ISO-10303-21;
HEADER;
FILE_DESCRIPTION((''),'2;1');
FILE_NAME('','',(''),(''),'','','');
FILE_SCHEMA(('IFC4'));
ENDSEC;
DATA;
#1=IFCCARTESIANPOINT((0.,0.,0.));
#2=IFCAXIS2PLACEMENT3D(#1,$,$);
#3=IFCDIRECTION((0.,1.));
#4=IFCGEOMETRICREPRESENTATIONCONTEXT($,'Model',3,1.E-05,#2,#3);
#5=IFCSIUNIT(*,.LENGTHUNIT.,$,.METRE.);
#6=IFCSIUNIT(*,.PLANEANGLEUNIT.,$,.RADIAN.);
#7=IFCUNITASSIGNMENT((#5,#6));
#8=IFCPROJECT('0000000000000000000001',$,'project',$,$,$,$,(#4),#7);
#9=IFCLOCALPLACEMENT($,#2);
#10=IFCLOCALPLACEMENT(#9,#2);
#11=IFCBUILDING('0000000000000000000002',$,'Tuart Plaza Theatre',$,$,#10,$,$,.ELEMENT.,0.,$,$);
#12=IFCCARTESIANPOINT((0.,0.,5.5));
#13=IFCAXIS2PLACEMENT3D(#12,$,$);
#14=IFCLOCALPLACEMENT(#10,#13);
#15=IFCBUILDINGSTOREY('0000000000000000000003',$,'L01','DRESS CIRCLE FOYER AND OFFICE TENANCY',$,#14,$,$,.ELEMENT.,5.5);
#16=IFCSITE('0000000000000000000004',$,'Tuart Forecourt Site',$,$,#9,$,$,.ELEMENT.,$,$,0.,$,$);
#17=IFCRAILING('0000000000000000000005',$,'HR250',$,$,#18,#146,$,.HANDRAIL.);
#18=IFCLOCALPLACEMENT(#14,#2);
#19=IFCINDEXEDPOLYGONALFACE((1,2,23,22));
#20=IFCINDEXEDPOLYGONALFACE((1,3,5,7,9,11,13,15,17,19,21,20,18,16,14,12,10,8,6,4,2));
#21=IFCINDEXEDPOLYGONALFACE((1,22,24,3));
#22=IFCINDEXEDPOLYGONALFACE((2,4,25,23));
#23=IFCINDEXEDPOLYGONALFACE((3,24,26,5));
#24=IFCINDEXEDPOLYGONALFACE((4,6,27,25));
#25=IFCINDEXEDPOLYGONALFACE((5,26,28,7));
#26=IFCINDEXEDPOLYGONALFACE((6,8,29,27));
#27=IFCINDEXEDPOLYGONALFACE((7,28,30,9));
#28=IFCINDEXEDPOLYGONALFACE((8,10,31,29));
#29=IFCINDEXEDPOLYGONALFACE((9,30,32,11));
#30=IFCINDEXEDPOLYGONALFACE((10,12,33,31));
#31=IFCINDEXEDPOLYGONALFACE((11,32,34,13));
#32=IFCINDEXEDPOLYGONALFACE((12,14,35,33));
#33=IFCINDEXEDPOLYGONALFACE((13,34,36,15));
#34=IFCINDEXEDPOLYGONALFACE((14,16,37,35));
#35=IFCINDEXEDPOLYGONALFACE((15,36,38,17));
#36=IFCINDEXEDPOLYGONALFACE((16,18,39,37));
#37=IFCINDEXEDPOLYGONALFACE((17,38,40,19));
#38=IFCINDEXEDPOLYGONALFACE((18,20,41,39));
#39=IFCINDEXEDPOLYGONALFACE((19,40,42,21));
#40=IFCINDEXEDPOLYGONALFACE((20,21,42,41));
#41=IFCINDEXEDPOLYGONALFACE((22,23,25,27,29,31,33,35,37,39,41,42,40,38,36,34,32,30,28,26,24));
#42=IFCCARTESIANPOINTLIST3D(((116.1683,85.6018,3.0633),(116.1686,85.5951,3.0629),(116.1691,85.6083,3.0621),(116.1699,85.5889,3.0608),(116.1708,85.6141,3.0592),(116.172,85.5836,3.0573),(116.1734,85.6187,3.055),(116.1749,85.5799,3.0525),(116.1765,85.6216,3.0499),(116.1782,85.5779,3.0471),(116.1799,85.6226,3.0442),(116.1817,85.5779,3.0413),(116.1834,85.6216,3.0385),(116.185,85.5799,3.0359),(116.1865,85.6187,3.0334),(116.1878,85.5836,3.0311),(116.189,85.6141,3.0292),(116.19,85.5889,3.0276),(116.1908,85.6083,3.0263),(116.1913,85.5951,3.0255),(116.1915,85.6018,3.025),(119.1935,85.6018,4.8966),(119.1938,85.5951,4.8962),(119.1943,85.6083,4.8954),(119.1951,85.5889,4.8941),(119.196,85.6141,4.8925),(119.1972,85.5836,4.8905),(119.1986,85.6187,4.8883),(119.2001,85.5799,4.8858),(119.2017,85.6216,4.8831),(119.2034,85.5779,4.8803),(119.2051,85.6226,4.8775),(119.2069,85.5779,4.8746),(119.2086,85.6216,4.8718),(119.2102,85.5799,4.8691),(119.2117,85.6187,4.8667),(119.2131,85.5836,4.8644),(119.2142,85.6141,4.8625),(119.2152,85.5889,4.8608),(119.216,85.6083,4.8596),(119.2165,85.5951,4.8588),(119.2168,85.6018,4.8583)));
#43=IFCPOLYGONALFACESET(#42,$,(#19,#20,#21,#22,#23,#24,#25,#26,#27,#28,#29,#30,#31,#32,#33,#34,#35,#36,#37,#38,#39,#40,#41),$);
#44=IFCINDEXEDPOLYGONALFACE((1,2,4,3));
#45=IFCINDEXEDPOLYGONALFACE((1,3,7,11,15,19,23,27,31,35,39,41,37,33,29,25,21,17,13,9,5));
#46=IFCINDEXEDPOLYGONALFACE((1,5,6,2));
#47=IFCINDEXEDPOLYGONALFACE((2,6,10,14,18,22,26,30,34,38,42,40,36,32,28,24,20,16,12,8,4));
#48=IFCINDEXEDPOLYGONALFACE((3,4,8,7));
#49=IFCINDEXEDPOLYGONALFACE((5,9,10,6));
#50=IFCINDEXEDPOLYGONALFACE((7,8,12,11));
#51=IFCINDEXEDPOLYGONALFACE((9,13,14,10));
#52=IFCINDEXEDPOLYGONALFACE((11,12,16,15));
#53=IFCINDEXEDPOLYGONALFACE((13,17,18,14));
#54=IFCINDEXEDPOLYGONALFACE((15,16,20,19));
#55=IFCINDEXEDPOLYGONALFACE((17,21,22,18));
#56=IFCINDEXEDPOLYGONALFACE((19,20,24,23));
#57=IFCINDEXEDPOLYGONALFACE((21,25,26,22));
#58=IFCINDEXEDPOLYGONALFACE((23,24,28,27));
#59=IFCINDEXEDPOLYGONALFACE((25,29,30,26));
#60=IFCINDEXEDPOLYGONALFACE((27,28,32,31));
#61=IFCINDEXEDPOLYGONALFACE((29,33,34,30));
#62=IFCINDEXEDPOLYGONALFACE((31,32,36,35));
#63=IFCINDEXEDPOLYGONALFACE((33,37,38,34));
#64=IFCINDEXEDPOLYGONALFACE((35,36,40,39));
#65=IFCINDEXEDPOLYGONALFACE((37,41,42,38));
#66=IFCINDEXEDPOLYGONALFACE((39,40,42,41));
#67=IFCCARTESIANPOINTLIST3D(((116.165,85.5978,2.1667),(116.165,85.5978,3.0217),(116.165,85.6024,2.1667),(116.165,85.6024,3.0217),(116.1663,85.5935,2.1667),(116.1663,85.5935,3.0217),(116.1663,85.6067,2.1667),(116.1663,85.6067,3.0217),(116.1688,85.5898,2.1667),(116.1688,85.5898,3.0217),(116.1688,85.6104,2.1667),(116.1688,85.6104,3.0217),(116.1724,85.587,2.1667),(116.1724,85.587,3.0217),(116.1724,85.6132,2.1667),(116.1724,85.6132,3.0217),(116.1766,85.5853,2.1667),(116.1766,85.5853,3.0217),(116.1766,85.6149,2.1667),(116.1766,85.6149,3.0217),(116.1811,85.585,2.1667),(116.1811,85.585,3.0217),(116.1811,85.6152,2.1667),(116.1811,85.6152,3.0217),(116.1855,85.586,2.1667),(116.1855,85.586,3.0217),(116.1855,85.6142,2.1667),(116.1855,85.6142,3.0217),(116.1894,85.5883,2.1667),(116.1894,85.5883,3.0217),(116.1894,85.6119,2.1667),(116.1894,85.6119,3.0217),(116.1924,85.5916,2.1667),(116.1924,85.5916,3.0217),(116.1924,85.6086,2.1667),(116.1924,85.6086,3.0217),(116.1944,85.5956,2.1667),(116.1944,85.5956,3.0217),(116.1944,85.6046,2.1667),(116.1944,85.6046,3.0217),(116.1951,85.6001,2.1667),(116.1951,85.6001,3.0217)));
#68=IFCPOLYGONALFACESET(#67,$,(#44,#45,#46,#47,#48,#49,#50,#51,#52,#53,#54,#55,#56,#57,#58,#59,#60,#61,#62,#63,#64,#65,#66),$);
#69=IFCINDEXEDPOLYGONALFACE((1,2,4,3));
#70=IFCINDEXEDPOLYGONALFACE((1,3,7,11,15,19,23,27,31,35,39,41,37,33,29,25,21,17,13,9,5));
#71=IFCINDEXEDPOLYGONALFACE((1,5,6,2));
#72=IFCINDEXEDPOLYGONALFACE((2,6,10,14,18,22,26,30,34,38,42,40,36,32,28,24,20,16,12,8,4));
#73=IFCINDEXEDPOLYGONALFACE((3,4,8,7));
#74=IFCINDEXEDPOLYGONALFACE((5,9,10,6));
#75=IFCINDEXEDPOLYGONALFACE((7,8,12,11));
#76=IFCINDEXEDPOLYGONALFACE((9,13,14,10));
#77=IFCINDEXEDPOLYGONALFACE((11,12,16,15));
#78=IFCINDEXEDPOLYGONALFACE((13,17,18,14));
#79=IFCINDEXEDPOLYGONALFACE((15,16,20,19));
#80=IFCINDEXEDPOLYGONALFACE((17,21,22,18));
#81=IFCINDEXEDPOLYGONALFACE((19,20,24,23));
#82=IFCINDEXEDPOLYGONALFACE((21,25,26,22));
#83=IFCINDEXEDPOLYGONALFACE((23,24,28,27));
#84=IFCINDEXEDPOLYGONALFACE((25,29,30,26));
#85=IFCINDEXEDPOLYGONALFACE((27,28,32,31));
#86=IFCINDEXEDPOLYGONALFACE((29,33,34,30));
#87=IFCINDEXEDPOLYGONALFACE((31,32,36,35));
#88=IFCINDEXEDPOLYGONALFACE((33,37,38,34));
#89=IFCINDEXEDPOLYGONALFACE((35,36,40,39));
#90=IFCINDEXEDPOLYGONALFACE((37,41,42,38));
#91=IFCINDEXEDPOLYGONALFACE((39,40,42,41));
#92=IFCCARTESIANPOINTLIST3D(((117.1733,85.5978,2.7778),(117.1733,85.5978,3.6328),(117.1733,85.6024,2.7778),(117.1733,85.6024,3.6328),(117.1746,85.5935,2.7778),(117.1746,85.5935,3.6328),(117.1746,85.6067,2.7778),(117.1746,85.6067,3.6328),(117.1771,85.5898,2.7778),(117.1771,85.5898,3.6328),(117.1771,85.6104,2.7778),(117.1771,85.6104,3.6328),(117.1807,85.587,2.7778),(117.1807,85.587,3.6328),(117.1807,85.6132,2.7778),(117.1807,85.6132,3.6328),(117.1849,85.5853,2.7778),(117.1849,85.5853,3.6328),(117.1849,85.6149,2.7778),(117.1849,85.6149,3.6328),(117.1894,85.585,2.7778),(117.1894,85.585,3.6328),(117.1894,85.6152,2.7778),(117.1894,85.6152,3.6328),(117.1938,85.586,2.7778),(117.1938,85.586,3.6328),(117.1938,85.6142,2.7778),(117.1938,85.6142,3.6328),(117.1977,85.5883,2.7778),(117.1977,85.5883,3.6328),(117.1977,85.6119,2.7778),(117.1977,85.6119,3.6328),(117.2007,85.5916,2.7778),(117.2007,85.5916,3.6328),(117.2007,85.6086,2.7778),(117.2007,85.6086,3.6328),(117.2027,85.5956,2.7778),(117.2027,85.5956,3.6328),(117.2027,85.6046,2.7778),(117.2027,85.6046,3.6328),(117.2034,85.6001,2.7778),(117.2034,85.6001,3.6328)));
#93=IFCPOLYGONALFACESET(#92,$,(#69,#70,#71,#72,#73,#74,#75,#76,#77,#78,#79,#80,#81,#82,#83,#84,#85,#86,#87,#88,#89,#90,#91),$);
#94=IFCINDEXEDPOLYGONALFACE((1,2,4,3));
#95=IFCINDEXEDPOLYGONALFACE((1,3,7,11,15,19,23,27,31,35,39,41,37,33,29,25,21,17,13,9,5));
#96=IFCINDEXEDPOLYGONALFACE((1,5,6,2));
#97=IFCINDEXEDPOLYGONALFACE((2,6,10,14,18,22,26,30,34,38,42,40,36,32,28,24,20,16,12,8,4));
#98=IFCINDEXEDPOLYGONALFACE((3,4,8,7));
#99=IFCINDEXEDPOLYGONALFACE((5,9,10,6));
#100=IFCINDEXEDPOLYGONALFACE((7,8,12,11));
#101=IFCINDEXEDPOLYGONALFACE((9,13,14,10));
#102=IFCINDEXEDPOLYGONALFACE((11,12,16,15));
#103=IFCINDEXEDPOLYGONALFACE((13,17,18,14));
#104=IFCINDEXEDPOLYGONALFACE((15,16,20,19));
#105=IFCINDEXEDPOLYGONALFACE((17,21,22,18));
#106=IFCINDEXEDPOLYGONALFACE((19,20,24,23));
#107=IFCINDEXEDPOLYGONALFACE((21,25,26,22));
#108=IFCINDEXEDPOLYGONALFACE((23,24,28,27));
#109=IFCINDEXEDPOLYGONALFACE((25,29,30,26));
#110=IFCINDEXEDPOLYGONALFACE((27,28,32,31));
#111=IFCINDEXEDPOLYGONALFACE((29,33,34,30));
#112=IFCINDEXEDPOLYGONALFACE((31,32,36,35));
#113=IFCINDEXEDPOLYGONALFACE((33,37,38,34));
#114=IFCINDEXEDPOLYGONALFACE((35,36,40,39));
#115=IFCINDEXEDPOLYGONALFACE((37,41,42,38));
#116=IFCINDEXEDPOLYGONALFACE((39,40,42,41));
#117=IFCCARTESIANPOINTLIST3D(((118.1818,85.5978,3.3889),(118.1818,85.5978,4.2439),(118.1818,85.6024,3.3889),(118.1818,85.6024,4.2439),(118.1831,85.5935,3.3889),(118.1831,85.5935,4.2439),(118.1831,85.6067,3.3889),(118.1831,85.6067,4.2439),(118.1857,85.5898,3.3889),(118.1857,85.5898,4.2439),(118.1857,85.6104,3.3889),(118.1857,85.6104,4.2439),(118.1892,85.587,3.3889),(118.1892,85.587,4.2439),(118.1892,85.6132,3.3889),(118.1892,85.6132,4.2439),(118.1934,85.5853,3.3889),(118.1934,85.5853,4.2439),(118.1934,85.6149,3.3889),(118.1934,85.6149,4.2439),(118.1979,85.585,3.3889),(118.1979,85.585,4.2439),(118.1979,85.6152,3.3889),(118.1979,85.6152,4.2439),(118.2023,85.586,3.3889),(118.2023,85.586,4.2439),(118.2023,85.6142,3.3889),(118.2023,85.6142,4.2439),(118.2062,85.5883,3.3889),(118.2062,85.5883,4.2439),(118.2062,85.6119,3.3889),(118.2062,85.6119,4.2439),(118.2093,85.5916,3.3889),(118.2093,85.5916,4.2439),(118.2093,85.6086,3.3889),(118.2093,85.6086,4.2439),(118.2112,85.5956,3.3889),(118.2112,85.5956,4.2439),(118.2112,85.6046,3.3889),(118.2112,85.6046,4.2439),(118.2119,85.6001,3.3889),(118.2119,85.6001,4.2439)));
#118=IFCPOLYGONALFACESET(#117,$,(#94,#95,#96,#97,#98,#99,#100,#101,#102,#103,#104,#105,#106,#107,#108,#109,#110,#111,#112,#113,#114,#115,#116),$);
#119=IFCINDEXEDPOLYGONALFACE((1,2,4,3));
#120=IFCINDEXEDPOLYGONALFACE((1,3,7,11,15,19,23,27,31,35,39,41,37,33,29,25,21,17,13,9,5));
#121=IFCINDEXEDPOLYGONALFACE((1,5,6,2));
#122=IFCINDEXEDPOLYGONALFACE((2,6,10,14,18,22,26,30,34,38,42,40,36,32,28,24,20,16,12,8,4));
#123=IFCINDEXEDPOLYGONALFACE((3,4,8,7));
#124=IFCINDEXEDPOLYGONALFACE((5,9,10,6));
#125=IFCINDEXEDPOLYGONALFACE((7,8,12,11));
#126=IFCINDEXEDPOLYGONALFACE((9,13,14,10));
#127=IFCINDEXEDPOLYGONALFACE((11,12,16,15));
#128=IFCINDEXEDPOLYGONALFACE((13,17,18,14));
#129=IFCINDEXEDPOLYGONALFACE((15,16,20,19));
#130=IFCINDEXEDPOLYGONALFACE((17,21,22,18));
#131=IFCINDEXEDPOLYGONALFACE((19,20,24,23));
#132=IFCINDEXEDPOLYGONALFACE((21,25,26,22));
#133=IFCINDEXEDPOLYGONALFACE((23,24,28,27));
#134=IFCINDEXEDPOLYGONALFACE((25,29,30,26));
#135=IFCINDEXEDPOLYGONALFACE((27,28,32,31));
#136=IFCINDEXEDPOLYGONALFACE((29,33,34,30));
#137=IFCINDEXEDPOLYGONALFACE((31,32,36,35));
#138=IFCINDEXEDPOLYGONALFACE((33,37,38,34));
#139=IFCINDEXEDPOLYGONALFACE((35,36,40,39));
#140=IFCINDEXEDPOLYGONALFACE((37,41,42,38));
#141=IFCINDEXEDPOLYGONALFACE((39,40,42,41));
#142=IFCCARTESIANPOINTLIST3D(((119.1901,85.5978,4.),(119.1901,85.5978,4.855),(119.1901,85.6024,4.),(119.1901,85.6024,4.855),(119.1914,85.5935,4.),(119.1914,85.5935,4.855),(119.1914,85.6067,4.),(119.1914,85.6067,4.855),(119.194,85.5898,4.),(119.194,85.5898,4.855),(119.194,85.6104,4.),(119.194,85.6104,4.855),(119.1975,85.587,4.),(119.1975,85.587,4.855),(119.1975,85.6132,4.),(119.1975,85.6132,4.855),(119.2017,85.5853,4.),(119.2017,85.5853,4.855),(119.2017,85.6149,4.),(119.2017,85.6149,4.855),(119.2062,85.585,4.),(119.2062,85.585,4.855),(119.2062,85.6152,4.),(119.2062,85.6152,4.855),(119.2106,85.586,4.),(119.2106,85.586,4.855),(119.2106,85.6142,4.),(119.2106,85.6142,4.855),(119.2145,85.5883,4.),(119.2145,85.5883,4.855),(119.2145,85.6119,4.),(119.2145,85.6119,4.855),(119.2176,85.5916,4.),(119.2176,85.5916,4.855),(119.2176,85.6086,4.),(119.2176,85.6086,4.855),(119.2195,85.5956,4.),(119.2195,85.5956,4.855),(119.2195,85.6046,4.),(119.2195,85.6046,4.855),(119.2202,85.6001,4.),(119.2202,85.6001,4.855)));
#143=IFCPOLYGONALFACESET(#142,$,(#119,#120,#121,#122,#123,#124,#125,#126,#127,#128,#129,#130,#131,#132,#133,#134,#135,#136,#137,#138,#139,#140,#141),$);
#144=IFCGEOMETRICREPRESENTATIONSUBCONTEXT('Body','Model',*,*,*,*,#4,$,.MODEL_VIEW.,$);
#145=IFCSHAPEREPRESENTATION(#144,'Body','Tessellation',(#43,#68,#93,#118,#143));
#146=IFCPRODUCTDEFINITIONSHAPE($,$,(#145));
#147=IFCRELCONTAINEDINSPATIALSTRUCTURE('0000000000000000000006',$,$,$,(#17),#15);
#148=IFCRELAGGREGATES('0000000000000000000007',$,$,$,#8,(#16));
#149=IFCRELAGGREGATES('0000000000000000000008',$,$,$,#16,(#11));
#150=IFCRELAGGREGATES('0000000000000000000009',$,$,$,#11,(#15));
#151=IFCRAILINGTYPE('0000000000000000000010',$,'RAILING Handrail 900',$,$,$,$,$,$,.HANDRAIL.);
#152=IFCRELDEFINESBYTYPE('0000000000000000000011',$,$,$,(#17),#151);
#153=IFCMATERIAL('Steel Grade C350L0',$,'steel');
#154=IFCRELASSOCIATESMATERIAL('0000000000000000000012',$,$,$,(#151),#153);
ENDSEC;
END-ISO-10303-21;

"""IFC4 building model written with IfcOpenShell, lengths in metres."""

from ifc_helpers import new_model, si_unit, direction, frame, origin, origin_2d, place, context, subcontext, project, spatial, circle, extrude, material, type_object, element, save


model = new_model("IFC4")

# Units and contexts
model_context = context("Model", 3, precision=1e-05, world=origin(), true_north=direction((0.0, 1.0)))
body_context = subcontext(model_context, "Body", "Model", "MODEL_VIEW")
ifc_project = project(units=[si_unit("LENGTHUNIT", "METRE"), si_unit("PLANEANGLEUNIT", "RADIAN")], contexts=[model_context])

# Site, building, storey
site_placement = place(None, origin())
site = spatial("IfcSite", under=ifc_project, at=site_placement, Name="Tuart Forecourt Site", CompositionType="ELEMENT", RefElevation=0.0)
building_placement = place(site_placement, origin())
building = spatial("IfcBuilding", under=site, at=building_placement, Name="Tuart Plaza Theatre", CompositionType="ELEMENT", ElevationOfRefHeight=0.0)
storey_placement = place(building_placement, frame((0.0, 0.0, 5.5)))
storey = spatial("IfcBuildingStorey", under=building, at=storey_placement, Name="L01", Description="DRESS CIRCLE FOYER AND OFFICE TENANCY", CompositionType="ELEMENT", Elevation=5.5)

# Railing
ifc_material_1 = material(Name="Steel Grade C350L0", Category="steel")
railing_type_1 = type_object("IfcRailingType", Name="RAILING Handrail 900", PredefinedType="HANDRAIL", material=ifc_material_1)
for number, where, name in (
    (1, (116.1799, 85.6001, 2.1667), "HR250"),
):
    element("IfcRailing", number, at=place(storey_placement, frame(where)), inside=storey, type_object=railing_type_1, Name=name, PredefinedType="HANDRAIL", context=body_context, shape_type="SweptSolid", body=[
        extrude(circle(Radius=0.0225, at=origin_2d()), frame((0.0, 0.0, 0.8774), z_axis=(0.855219, 0.0, 0.518267), x_axis=(0.0, 1.0, 0.0)), (0.0, 0.0, 1.0), 3.5374),
        extrude(circle(Radius=0.0151, at=origin_2d()), origin(), (0.0, 0.0, 1.0), 0.855),
        extrude(circle(Radius=0.0151, at=origin_2d()), frame((1.0083, 0.0, 0.6111)), (0.0, 0.0, 1.0), 0.855),
        extrude(circle(Radius=0.0151, at=origin_2d()), frame((2.0168, 0.0, 1.2222)), (0.0, 0.0, 1.0), 0.855),
        extrude(circle(Radius=0.0151, at=origin_2d()), frame((3.0251, 0.0, 1.8333)), (0.0, 0.0, 1.0), 0.855),
    ])

save(model, "model.ifc")
